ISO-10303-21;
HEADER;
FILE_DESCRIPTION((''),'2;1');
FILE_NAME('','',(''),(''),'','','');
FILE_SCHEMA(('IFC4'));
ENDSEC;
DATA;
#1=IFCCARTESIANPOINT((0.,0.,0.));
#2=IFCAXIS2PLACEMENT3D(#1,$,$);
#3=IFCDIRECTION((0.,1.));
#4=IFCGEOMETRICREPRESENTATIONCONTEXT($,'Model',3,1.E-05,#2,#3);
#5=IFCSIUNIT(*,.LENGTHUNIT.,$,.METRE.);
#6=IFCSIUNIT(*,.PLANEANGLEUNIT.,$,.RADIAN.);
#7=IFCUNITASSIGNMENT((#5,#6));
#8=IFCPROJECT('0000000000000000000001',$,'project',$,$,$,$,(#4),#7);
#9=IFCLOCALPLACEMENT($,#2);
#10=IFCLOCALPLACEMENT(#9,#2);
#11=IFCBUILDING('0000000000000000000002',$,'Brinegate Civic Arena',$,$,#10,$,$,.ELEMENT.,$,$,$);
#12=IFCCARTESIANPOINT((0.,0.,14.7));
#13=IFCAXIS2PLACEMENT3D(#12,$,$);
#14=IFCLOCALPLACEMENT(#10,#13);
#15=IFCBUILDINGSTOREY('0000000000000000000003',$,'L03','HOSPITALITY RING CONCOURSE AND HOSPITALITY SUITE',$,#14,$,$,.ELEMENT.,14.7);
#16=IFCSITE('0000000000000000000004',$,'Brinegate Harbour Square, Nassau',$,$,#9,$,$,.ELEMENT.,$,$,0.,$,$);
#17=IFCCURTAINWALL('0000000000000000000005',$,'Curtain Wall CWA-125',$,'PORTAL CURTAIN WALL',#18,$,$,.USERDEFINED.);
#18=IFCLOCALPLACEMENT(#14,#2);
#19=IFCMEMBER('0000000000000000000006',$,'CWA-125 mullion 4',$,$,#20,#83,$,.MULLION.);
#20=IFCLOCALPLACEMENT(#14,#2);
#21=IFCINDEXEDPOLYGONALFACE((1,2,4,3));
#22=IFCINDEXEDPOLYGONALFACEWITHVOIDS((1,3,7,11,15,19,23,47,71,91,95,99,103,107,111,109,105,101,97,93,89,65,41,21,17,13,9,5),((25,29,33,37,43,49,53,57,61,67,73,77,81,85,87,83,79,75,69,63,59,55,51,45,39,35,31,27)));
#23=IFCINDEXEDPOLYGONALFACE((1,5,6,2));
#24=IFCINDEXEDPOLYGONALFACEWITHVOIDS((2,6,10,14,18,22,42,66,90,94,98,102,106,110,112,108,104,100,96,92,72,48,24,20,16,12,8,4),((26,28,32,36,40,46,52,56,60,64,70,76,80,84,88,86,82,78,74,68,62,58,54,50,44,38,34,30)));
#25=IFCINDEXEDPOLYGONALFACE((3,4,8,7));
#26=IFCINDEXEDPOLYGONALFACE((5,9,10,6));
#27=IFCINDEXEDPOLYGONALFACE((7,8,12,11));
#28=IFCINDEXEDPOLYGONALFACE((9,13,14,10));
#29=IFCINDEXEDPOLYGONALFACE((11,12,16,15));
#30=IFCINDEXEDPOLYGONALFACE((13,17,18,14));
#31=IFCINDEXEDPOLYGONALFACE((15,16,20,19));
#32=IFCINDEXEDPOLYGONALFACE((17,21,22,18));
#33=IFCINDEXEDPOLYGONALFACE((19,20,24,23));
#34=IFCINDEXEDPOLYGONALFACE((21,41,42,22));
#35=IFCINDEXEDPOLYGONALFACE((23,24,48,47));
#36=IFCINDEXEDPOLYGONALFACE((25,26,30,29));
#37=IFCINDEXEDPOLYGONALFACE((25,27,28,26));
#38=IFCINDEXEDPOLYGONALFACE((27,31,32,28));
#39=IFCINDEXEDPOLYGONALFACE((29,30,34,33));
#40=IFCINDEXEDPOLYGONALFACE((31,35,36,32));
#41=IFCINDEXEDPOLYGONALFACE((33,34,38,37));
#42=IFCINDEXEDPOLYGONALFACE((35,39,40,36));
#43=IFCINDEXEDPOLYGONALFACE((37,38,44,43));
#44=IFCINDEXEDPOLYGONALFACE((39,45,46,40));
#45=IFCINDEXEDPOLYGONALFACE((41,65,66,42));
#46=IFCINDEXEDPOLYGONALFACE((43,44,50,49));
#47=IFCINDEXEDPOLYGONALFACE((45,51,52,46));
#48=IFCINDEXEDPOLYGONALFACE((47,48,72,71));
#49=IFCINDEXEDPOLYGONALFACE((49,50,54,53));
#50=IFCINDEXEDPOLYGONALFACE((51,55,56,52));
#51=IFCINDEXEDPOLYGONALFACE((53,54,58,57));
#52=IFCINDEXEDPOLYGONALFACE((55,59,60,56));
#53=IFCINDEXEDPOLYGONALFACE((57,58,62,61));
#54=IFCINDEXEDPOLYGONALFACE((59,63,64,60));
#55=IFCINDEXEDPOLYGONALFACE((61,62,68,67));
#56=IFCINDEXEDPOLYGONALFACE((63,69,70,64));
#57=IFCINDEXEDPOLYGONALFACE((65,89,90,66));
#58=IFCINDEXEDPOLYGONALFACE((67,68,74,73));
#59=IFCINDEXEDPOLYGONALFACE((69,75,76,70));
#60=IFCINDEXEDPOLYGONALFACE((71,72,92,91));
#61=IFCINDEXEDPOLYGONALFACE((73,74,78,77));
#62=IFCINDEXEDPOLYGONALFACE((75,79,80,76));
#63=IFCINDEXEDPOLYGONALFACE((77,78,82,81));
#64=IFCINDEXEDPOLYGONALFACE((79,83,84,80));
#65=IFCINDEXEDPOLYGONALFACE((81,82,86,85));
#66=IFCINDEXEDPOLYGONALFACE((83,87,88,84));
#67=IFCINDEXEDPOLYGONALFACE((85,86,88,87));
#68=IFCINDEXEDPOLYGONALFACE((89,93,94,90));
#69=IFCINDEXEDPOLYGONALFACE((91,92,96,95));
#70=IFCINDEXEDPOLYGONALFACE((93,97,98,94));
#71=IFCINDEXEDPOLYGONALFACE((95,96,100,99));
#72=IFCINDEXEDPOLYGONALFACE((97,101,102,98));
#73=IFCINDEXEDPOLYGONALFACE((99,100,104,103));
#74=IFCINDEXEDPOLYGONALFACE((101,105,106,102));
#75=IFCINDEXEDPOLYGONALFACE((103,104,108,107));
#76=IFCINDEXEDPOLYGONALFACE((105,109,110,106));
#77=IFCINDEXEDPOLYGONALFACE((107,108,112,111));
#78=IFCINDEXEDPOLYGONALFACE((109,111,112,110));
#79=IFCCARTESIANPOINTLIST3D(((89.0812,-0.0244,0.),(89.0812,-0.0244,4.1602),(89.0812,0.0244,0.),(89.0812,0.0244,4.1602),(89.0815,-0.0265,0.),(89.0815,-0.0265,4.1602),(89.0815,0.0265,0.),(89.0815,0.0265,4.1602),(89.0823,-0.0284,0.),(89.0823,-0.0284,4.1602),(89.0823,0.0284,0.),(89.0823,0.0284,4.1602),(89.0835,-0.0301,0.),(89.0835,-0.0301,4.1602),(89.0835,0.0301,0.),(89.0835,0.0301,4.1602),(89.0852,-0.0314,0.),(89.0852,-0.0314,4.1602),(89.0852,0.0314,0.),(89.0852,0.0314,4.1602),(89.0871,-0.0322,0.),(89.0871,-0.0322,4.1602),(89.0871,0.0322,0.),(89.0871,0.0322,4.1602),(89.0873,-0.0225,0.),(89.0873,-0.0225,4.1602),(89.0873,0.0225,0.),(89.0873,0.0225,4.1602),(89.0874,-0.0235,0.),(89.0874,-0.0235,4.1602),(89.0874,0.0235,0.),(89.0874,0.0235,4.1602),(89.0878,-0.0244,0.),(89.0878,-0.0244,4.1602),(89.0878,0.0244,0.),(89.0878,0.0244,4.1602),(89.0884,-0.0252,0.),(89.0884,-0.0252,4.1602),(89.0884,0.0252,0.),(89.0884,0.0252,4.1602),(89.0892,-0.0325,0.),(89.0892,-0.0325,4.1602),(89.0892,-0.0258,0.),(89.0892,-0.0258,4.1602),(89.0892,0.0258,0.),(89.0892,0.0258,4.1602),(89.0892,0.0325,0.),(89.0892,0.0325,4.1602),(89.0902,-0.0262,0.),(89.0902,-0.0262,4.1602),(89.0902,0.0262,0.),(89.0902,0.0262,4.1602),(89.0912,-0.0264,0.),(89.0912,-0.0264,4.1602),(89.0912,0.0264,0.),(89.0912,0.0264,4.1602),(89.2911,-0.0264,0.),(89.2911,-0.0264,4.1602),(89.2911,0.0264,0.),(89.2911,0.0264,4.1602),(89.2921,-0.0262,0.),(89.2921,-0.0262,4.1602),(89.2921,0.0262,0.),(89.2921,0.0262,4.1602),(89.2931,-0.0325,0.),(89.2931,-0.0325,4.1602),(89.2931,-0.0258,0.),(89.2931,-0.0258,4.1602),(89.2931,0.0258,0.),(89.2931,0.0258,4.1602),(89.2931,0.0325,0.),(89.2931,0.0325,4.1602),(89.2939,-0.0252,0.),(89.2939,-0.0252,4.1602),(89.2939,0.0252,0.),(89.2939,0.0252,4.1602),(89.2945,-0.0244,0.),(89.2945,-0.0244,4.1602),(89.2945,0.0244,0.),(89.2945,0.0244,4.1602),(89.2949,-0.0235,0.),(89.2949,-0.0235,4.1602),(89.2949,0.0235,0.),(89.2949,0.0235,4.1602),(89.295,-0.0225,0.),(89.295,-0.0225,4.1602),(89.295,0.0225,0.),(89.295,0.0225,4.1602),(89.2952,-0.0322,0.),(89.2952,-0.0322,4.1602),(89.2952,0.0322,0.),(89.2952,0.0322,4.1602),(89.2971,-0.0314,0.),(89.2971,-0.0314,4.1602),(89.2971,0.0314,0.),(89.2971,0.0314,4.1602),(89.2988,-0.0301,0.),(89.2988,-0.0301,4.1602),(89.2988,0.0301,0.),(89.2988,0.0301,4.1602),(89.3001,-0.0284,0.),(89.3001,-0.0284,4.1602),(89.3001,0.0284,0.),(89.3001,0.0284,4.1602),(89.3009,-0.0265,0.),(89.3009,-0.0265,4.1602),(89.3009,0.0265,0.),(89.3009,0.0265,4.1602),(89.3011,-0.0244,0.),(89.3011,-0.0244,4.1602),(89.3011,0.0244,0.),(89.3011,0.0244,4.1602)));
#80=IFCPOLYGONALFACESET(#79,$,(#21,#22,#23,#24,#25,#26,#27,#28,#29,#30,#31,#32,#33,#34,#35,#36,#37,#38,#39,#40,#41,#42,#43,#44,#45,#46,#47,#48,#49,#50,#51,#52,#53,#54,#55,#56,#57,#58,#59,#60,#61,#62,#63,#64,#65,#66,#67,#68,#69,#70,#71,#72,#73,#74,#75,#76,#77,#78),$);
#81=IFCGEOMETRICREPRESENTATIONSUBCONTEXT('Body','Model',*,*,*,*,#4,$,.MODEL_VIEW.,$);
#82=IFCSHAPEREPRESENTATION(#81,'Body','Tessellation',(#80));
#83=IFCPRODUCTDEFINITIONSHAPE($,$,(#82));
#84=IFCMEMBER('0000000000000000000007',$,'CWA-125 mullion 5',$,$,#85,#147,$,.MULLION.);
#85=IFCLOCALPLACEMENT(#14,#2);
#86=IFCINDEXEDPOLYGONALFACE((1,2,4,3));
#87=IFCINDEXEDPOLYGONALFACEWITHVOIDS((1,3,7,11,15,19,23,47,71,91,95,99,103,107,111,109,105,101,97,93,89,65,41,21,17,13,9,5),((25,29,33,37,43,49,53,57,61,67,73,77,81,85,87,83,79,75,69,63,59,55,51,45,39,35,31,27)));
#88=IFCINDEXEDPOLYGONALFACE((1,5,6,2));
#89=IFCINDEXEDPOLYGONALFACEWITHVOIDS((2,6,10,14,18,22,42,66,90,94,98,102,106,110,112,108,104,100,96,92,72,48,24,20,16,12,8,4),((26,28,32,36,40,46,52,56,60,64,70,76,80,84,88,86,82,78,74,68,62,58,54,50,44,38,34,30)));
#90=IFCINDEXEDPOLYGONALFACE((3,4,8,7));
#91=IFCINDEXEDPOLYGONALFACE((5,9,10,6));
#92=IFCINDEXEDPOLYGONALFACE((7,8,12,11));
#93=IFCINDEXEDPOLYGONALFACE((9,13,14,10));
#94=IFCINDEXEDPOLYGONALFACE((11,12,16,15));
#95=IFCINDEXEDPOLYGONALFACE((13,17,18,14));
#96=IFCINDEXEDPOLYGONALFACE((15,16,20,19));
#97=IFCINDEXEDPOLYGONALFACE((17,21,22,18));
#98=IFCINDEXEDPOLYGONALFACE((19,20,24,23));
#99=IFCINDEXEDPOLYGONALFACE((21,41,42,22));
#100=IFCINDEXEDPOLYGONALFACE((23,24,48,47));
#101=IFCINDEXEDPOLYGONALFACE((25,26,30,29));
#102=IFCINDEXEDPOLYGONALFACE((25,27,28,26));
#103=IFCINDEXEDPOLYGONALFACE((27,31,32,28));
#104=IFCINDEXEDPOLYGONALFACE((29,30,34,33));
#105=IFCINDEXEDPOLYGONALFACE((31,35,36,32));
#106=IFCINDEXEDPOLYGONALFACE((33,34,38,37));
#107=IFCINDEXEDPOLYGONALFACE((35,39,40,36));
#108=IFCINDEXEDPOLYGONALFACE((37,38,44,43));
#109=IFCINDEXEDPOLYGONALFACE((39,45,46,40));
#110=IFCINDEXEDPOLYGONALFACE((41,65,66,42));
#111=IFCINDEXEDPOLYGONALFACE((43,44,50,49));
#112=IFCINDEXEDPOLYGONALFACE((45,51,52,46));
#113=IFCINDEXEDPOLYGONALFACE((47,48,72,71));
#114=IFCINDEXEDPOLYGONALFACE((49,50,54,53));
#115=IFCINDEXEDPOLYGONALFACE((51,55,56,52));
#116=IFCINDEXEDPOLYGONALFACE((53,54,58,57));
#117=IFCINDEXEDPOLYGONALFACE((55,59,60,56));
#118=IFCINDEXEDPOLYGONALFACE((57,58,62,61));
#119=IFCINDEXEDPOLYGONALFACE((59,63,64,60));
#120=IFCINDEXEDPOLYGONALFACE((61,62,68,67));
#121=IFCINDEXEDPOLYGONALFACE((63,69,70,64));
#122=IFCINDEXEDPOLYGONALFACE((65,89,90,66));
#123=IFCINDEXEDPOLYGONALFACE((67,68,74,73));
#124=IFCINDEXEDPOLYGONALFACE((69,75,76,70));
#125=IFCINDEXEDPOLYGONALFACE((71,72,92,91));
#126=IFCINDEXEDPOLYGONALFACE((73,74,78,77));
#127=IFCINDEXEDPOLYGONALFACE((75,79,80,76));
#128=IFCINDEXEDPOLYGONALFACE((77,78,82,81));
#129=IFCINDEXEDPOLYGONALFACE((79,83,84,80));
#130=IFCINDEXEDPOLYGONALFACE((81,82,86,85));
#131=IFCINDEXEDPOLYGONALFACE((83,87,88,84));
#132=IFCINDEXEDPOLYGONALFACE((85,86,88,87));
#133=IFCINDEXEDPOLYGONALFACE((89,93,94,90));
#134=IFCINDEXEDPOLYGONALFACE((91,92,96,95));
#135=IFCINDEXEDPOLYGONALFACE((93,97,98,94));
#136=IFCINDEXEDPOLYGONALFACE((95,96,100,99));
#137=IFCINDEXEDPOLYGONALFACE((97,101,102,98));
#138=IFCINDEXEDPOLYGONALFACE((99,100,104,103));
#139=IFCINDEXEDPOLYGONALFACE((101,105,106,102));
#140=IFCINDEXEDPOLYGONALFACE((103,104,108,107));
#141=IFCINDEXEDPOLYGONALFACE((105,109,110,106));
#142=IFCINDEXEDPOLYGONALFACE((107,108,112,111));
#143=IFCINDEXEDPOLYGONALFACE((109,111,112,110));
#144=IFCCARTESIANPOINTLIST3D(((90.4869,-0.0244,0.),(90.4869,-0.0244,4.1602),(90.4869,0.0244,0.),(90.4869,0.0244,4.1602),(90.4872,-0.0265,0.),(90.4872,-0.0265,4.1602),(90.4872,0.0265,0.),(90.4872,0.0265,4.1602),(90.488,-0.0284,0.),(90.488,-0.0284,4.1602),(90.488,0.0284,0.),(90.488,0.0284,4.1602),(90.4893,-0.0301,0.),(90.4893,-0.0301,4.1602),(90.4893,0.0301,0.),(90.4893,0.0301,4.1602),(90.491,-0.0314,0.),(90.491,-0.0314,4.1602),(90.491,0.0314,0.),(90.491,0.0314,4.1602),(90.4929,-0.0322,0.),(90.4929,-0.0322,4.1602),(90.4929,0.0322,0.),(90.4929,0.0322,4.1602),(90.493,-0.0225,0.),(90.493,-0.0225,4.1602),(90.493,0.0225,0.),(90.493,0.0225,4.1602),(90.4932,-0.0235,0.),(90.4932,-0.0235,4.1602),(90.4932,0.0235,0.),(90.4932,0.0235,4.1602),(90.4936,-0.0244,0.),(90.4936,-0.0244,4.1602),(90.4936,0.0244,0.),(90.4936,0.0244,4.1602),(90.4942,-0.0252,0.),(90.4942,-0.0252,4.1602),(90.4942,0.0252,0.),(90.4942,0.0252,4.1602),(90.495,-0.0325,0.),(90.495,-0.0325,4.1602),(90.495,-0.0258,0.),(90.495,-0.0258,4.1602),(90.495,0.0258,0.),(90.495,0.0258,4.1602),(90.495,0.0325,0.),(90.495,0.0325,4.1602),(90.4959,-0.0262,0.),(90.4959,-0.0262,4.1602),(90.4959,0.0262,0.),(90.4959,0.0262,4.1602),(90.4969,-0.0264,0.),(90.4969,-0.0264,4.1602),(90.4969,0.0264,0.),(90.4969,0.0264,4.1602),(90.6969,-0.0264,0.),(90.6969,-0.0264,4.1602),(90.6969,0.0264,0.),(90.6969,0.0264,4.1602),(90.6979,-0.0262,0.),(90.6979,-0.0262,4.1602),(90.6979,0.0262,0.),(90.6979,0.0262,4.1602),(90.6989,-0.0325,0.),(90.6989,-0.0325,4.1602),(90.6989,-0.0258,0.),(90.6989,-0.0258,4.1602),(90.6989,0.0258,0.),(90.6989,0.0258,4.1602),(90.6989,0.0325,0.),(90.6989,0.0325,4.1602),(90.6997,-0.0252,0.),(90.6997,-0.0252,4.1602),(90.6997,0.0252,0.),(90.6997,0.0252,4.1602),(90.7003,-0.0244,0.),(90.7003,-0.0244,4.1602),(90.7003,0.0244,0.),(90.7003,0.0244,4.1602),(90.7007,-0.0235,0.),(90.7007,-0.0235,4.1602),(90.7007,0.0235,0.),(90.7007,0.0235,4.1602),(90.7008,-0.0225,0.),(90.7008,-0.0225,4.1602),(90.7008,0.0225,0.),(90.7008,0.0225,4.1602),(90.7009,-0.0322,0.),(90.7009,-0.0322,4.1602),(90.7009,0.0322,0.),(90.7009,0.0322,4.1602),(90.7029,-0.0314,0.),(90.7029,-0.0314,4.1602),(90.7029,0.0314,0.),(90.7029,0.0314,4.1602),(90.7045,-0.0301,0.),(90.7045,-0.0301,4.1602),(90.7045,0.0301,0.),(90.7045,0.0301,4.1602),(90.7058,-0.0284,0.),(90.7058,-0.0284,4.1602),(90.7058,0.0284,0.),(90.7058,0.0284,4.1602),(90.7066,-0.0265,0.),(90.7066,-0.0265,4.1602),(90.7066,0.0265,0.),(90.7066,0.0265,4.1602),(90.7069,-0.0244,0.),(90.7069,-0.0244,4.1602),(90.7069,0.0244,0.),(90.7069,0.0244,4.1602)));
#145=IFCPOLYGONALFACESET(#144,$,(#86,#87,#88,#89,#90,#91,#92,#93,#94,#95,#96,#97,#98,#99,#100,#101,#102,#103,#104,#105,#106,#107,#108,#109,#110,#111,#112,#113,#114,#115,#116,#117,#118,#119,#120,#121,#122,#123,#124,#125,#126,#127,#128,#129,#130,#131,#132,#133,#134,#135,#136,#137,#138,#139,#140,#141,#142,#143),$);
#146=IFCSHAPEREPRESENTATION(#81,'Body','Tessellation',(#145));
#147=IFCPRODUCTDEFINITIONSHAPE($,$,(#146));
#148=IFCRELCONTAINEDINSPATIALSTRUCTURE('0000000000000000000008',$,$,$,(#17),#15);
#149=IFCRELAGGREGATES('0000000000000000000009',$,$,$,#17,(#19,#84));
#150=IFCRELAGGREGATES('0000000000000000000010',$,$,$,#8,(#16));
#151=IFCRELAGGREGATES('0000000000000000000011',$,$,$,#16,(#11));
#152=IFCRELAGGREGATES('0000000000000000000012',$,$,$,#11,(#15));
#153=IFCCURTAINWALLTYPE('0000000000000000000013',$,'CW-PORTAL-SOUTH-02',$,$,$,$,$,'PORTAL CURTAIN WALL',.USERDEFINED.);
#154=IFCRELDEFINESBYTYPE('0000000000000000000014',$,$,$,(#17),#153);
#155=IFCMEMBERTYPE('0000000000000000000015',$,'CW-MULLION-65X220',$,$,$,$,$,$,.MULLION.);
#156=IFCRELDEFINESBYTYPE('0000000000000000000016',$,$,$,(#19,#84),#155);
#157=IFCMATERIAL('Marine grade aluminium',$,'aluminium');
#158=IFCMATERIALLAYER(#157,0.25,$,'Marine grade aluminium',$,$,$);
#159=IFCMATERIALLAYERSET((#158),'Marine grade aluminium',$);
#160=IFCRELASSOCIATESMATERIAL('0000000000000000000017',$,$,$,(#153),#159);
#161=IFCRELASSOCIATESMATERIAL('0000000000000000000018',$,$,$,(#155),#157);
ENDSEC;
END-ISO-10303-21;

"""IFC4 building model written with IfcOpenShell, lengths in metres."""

from ifc_helpers import new_model, si_unit, direction, frame, origin, origin_2d, place, context, subcontext, project, spatial, hollow_rectangle, extrude, material, layer, layer_set, material_profile, profile_set, type_object, element, aggregate, save


model = new_model("IFC4")

# Units and contexts
model_context = context("Model", 3, precision=1e-05, world=origin(), true_north=direction((0.0, 1.0)))
body_context = subcontext(model_context, "Body", "Model", "MODEL_VIEW")
ifc_project = project(units=[si_unit("LENGTHUNIT", "METRE"), si_unit("PLANEANGLEUNIT", "RADIAN")], contexts=[model_context])

# Site, building, storey
site_placement = place(None, origin())
site = spatial("IfcSite", under=ifc_project, at=site_placement, Name="Brinegate Harbour Square, Nassau", CompositionType="ELEMENT", RefElevation=0.0)
building_placement = place(site_placement, origin())
building = spatial("IfcBuilding", under=site, at=building_placement, Name="Brinegate Civic Arena", CompositionType="ELEMENT")
storey_placement = place(building_placement, frame((0.0, 0.0, 14.7)))
storey = spatial("IfcBuildingStorey", under=building, at=storey_placement, Name="L03", Description="HOSPITALITY RING CONCOURSE AND HOSPITALITY SUITE", CompositionType="ELEMENT", Elevation=14.7)

# Curtain wall, members
ifc_material_1 = material(Name="Marine grade aluminium", Category="aluminium")
ifc_layer_1 = layer(ifc_material_1, 0.25, Name="Marine grade aluminium")
ifc_layer_set_1 = layer_set([ifc_layer_1], Name="Marine grade aluminium")
curtain_wall_type = type_object("IfcCurtainWallType", Name="CW-PORTAL-SOUTH-02", ElementType="PORTAL CURTAIN WALL", PredefinedType="USERDEFINED", material=ifc_layer_set_1)
curtain_wall_placement = place(storey_placement, origin())
curtain_wall = element("IfcCurtainWall", 1, at=curtain_wall_placement, inside=storey, type_object=curtain_wall_type, Name="Curtain Wall CWA-125", ObjectType="PORTAL CURTAIN WALL", PredefinedType="USERDEFINED")
ifc_material_profile_1 = material_profile(ifc_material_1, hollow_rectangle(XDim=0.0649, YDim=0.22, WallThickness=0.0061, InnerFilletRadius=0.0039, OuterFilletRadius=0.0081, at=origin_2d()), Name="MUL65X220")
ifc_profile_set_1 = profile_set([ifc_material_profile_1], Name="Marine grade aluminium")
member_type_1 = type_object("IfcMemberType", Name="CW-MULLION-65X220", PredefinedType="MULLION", material=ifc_profile_set_1)
member_1_placement = place(storey_placement, frame((89.1912, 0.0, 0.0), z_axis=(0.0, 0.0, 1.0), x_axis=(0.0, 1.0, 0.0)))
member_1 = element("IfcMember", 2, at=member_1_placement, type_object=member_type_1, Name="CWA-125 mullion 4", PredefinedType="MULLION", context=body_context, shape_type="SweptSolid", body=[
    extrude(hollow_rectangle(XDim=0.0649, YDim=0.22, WallThickness=0.0061, InnerFilletRadius=0.0039, OuterFilletRadius=0.0081, at=origin_2d()), origin(), (0.0, 0.0, 1.0), 4.1602),
])
member_2_placement = place(storey_placement, frame((90.5969, 0.0, 0.0), z_axis=(0.0, 0.0, 1.0), x_axis=(0.0, 1.0, 0.0)))
member_2 = element("IfcMember", 3, at=member_2_placement, type_object=member_type_1, Name="CWA-125 mullion 5", PredefinedType="MULLION", context=body_context, shape_type="SweptSolid", body=[
    extrude(hollow_rectangle(XDim=0.0649, YDim=0.22, WallThickness=0.0061, InnerFilletRadius=0.0039, OuterFilletRadius=0.0081, at=origin_2d()), origin(), (0.0, 0.0, 1.0), 4.1602),
])
aggregate(curtain_wall, [member_1, member_2])

save(model, "model.ifc")
